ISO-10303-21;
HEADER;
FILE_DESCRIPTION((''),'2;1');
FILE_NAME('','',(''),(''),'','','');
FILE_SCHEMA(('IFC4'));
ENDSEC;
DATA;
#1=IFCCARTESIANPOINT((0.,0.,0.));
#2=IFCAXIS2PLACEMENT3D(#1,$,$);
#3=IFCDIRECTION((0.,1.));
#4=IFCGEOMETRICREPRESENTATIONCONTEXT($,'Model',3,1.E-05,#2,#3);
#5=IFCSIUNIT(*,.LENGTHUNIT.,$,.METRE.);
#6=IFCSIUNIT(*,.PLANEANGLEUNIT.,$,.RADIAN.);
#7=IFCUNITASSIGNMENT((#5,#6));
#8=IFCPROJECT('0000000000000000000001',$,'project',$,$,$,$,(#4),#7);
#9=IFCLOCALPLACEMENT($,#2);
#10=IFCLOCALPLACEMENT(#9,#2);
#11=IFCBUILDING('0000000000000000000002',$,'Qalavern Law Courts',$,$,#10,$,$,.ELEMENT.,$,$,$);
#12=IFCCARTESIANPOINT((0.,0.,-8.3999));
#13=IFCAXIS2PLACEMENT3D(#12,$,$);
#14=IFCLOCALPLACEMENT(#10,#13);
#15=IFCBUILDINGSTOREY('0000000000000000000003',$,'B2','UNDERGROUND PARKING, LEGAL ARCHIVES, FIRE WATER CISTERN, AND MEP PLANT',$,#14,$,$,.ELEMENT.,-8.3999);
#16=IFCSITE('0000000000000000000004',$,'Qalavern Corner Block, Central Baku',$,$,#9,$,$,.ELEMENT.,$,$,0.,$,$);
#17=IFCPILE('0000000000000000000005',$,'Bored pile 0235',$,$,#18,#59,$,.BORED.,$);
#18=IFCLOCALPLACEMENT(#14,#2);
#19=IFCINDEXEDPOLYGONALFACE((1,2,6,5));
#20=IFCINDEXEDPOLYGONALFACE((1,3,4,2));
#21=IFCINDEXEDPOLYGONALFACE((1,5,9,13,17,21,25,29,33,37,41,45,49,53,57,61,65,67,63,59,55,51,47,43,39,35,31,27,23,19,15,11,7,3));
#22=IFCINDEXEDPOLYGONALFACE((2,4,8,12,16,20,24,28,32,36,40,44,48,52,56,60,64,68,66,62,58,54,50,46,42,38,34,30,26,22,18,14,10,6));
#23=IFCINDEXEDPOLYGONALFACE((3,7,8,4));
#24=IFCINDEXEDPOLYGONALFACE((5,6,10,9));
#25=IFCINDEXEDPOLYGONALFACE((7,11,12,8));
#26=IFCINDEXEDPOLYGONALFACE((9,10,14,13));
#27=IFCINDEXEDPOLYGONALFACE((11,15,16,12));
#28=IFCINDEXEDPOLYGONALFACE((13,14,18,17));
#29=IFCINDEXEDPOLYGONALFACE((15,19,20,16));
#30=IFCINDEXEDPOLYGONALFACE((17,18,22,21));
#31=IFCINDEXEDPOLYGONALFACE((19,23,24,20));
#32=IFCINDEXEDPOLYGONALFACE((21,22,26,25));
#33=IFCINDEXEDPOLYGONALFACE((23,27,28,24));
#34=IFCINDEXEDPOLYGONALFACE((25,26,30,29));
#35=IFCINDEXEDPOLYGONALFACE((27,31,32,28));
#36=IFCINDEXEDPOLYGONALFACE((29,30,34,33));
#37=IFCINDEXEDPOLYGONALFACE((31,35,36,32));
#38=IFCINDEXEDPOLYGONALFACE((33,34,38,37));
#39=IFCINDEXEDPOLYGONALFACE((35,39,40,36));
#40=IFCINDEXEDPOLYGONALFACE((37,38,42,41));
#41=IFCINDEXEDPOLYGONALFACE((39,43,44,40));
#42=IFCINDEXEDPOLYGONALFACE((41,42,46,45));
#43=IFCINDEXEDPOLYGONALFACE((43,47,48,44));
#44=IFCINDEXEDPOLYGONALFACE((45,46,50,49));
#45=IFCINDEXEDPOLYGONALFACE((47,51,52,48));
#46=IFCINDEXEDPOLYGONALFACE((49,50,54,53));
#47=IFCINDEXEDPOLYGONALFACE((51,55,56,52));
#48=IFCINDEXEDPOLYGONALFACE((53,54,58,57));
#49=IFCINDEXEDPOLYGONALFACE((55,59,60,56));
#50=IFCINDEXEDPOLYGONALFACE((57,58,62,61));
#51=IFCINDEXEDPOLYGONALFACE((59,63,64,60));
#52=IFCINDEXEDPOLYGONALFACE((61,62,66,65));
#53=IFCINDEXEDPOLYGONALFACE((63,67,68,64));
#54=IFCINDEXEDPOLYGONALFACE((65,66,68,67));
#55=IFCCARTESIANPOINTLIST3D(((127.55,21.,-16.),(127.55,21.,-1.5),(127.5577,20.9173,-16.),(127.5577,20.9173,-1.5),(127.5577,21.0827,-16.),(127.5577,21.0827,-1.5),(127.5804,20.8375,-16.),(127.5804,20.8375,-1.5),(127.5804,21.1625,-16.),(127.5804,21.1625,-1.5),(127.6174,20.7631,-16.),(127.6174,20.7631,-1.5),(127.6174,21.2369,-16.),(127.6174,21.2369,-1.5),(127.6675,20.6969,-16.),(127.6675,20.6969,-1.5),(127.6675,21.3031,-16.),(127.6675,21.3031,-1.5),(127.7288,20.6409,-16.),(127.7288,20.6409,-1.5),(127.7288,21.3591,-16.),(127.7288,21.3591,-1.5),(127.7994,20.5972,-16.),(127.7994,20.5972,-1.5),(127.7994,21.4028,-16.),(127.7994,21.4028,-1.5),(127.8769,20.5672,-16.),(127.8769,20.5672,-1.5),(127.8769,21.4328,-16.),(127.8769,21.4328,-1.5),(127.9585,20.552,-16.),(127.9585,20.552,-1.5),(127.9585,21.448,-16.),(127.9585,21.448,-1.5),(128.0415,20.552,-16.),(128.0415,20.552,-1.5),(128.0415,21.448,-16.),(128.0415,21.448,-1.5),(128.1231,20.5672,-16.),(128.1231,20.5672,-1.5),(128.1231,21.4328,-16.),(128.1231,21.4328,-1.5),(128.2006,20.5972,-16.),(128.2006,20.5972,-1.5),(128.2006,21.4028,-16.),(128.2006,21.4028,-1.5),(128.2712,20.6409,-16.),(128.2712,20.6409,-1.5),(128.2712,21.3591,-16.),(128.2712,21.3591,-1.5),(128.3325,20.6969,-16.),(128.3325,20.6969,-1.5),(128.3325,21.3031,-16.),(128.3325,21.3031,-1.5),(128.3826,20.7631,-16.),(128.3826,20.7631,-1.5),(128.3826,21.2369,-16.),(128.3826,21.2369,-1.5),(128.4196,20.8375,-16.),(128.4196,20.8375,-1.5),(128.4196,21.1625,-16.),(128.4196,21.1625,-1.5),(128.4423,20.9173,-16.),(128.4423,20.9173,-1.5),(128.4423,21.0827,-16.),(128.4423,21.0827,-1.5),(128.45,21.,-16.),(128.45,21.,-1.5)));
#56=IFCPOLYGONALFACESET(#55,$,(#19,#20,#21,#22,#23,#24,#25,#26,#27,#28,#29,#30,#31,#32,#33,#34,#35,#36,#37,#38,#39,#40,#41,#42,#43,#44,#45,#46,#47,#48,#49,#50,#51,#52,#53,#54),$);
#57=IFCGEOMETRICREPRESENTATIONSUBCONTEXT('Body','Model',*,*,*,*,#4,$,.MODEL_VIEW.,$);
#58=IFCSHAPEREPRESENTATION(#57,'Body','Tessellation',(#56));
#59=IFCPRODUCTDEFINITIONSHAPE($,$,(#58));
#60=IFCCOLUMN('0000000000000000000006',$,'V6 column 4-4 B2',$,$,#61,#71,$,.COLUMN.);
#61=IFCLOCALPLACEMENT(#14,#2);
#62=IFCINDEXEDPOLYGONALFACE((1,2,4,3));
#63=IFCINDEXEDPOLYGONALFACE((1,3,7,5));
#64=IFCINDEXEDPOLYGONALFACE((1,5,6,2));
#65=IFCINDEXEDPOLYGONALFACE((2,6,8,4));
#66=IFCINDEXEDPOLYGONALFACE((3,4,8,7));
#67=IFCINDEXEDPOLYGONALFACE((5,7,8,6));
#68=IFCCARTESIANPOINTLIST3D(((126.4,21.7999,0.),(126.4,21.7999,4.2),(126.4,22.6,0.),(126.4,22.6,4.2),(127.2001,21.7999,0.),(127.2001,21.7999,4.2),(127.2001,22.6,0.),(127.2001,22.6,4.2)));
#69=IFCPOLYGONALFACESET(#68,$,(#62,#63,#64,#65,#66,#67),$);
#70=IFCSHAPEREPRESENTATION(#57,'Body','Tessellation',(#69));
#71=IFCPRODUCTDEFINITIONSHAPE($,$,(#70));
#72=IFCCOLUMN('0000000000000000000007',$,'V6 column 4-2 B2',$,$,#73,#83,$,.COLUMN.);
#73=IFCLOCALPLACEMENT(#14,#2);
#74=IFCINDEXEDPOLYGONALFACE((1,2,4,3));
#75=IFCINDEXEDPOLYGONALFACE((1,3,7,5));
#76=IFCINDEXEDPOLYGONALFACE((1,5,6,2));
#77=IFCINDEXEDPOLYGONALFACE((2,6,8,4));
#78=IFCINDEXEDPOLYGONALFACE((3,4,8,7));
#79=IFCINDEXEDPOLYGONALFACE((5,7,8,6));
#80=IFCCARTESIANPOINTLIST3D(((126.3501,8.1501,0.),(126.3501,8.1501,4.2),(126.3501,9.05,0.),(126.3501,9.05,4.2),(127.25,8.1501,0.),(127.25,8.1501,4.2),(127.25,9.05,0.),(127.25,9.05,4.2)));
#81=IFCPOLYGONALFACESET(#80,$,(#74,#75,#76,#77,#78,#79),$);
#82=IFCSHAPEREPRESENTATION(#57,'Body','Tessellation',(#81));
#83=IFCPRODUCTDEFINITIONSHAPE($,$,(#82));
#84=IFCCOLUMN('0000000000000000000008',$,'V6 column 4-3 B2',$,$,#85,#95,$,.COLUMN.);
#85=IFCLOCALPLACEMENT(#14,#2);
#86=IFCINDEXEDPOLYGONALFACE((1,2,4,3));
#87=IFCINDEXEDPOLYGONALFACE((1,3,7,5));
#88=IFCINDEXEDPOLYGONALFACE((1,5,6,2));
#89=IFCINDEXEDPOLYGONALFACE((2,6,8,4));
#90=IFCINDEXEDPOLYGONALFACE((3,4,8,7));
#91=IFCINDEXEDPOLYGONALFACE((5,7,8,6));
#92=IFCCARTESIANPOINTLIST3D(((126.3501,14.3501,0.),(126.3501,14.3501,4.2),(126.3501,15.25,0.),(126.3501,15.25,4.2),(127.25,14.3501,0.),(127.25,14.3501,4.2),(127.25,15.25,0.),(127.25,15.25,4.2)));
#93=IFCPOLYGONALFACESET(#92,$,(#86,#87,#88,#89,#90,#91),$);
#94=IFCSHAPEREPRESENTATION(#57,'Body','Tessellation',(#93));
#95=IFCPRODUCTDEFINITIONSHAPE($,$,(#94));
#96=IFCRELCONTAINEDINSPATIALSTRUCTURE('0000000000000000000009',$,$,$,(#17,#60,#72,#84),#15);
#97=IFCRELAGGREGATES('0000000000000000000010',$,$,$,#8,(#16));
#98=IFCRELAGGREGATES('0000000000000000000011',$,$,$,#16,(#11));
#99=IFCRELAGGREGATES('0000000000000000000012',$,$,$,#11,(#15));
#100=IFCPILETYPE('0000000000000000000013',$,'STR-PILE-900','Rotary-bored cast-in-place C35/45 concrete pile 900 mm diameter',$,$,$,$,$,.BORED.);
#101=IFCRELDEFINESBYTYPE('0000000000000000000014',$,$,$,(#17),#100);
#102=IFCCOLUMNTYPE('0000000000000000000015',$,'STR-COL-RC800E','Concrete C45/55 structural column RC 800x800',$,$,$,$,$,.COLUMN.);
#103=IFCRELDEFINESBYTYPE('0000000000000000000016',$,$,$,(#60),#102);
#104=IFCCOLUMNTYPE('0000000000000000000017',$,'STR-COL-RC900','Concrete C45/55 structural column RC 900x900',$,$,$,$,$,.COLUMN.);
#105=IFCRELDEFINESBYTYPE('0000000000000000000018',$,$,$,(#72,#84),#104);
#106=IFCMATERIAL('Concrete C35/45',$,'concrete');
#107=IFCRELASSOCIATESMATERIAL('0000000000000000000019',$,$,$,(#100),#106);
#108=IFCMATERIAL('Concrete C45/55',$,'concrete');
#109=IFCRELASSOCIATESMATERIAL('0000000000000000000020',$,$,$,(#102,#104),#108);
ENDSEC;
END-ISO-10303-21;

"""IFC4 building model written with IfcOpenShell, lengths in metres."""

from ifc_helpers import new_model, si_unit, direction, frame, origin, origin_2d, place, context, subcontext, project, spatial, rectangle, circle, extrude, material, material_profile, profile_set, type_object, element, save


model = new_model("IFC4")

# Units and contexts
model_context = context("Model", 3, precision=1e-05, world=origin(), true_north=direction((0.0, 1.0)))
body_context = subcontext(model_context, "Body", "Model", "MODEL_VIEW")
ifc_project = project(units=[si_unit("LENGTHUNIT", "METRE"), si_unit("PLANEANGLEUNIT", "RADIAN")], contexts=[model_context])

# Site, building, storey
site_placement = place(None, origin())
site = spatial("IfcSite", under=ifc_project, at=site_placement, Name="Qalavern Corner Block, Central Baku", CompositionType="ELEMENT", RefElevation=0.0)
building_placement = place(site_placement, origin())
building = spatial("IfcBuilding", under=site, at=building_placement, Name="Qalavern Law Courts", CompositionType="ELEMENT")
storey_placement = place(building_placement, frame((0.0, 0.0, -8.3999)))
storey = spatial("IfcBuildingStorey", under=building, at=storey_placement, Name="B2", Description="UNDERGROUND PARKING, LEGAL ARCHIVES, FIRE WATER CISTERN, AND MEP PLANT", CompositionType="ELEMENT", Elevation=-8.3999)

# Shared definitions
ifc_material_1 = material(Name="Concrete C35/45", Category="concrete")

# Pile
ifc_material_profile_1 = material_profile(ifc_material_1, circle(Radius=0.45, at=origin_2d()), Name="BORED PILE 900")
ifc_profile_set_1 = profile_set([ifc_material_profile_1], Name="Concrete C35/45")
pile_type_1 = type_object("IfcPileType", Name="STR-PILE-900", Description="Rotary-bored cast-in-place C35/45 concrete pile 900 mm diameter", PredefinedType="BORED", material=ifc_profile_set_1)
for number, where, z_axis, x_axis, name in (
    (1, (128.0, 21.0, -1.5), (0.0, 0.0, -1.0), (1.0, 0.0, 0.0), "Bored pile 0235"),
):
    element("IfcPile", number, at=place(storey_placement, frame(where, z_axis=z_axis, x_axis=x_axis)), inside=storey, type_object=pile_type_1, Name=name, PredefinedType="BORED", context=body_context, shape_type="SweptSolid", body=[
        extrude(circle(Radius=0.45, at=origin_2d()), origin(), (0.0, 0.0, 1.0), 14.5),
    ])

# Columns
ifc_material_2 = material(Name="Concrete C45/55", Category="concrete")
ifc_material_profile_2 = material_profile(ifc_material_2, rectangle(XDim=0.8, YDim=0.8, at=origin_2d()), Name="RC 800x800")
ifc_profile_set_2 = profile_set([ifc_material_profile_2], Name="Concrete C45/55")
column_type_1 = type_object("IfcColumnType", Name="STR-COL-RC800E", Description="Concrete C45/55 structural column RC 800x800", PredefinedType="COLUMN", material=ifc_profile_set_2)
column_placement = place(storey_placement, frame((126.8, 22.2, 0.0), z_axis=(0.0, 0.0, 1.0), x_axis=(1.0, 0.0, 0.0)))
element("IfcColumn", 2, at=column_placement, inside=storey, type_object=column_type_1, Name="V6 column 4-4 B2", PredefinedType="COLUMN", context=body_context, shape_type="SweptSolid", body=[
    extrude(rectangle(XDim=0.8, YDim=0.8, at=origin_2d()), origin(), (0.0, 0.0, 1.0), 4.2),
])
ifc_material_profile_3 = material_profile(ifc_material_2, rectangle(XDim=0.8999, YDim=0.8999, at=origin_2d()), Name="RC 900x900")
ifc_profile_set_3 = profile_set([ifc_material_profile_3], Name="Concrete C45/55")
column_type_2 = type_object("IfcColumnType", Name="STR-COL-RC900", Description="Concrete C45/55 structural column RC 900x900", PredefinedType="COLUMN", material=ifc_profile_set_3)
for number, where, z_axis, x_axis, name in (
    (3, (126.8, 8.6001, 0.0), (0.0, 0.0, 1.0), (1.0, 0.0, 0.0), "V6 column 4-2 B2"),
    (4, (126.8, 14.8, 0.0), (0.0, 0.0, 1.0), (1.0, 0.0, 0.0), "V6 column 4-3 B2"),
):
    element("IfcColumn", number, at=place(storey_placement, frame(where, z_axis=z_axis, x_axis=x_axis)), inside=storey, type_object=column_type_2, Name=name, PredefinedType="COLUMN", context=body_context, shape_type="SweptSolid", body=[
        extrude(rectangle(XDim=0.8999, YDim=0.8999, at=origin_2d()), origin(), (0.0, 0.0, 1.0), 4.2),
    ])

save(model, "model.ifc")
